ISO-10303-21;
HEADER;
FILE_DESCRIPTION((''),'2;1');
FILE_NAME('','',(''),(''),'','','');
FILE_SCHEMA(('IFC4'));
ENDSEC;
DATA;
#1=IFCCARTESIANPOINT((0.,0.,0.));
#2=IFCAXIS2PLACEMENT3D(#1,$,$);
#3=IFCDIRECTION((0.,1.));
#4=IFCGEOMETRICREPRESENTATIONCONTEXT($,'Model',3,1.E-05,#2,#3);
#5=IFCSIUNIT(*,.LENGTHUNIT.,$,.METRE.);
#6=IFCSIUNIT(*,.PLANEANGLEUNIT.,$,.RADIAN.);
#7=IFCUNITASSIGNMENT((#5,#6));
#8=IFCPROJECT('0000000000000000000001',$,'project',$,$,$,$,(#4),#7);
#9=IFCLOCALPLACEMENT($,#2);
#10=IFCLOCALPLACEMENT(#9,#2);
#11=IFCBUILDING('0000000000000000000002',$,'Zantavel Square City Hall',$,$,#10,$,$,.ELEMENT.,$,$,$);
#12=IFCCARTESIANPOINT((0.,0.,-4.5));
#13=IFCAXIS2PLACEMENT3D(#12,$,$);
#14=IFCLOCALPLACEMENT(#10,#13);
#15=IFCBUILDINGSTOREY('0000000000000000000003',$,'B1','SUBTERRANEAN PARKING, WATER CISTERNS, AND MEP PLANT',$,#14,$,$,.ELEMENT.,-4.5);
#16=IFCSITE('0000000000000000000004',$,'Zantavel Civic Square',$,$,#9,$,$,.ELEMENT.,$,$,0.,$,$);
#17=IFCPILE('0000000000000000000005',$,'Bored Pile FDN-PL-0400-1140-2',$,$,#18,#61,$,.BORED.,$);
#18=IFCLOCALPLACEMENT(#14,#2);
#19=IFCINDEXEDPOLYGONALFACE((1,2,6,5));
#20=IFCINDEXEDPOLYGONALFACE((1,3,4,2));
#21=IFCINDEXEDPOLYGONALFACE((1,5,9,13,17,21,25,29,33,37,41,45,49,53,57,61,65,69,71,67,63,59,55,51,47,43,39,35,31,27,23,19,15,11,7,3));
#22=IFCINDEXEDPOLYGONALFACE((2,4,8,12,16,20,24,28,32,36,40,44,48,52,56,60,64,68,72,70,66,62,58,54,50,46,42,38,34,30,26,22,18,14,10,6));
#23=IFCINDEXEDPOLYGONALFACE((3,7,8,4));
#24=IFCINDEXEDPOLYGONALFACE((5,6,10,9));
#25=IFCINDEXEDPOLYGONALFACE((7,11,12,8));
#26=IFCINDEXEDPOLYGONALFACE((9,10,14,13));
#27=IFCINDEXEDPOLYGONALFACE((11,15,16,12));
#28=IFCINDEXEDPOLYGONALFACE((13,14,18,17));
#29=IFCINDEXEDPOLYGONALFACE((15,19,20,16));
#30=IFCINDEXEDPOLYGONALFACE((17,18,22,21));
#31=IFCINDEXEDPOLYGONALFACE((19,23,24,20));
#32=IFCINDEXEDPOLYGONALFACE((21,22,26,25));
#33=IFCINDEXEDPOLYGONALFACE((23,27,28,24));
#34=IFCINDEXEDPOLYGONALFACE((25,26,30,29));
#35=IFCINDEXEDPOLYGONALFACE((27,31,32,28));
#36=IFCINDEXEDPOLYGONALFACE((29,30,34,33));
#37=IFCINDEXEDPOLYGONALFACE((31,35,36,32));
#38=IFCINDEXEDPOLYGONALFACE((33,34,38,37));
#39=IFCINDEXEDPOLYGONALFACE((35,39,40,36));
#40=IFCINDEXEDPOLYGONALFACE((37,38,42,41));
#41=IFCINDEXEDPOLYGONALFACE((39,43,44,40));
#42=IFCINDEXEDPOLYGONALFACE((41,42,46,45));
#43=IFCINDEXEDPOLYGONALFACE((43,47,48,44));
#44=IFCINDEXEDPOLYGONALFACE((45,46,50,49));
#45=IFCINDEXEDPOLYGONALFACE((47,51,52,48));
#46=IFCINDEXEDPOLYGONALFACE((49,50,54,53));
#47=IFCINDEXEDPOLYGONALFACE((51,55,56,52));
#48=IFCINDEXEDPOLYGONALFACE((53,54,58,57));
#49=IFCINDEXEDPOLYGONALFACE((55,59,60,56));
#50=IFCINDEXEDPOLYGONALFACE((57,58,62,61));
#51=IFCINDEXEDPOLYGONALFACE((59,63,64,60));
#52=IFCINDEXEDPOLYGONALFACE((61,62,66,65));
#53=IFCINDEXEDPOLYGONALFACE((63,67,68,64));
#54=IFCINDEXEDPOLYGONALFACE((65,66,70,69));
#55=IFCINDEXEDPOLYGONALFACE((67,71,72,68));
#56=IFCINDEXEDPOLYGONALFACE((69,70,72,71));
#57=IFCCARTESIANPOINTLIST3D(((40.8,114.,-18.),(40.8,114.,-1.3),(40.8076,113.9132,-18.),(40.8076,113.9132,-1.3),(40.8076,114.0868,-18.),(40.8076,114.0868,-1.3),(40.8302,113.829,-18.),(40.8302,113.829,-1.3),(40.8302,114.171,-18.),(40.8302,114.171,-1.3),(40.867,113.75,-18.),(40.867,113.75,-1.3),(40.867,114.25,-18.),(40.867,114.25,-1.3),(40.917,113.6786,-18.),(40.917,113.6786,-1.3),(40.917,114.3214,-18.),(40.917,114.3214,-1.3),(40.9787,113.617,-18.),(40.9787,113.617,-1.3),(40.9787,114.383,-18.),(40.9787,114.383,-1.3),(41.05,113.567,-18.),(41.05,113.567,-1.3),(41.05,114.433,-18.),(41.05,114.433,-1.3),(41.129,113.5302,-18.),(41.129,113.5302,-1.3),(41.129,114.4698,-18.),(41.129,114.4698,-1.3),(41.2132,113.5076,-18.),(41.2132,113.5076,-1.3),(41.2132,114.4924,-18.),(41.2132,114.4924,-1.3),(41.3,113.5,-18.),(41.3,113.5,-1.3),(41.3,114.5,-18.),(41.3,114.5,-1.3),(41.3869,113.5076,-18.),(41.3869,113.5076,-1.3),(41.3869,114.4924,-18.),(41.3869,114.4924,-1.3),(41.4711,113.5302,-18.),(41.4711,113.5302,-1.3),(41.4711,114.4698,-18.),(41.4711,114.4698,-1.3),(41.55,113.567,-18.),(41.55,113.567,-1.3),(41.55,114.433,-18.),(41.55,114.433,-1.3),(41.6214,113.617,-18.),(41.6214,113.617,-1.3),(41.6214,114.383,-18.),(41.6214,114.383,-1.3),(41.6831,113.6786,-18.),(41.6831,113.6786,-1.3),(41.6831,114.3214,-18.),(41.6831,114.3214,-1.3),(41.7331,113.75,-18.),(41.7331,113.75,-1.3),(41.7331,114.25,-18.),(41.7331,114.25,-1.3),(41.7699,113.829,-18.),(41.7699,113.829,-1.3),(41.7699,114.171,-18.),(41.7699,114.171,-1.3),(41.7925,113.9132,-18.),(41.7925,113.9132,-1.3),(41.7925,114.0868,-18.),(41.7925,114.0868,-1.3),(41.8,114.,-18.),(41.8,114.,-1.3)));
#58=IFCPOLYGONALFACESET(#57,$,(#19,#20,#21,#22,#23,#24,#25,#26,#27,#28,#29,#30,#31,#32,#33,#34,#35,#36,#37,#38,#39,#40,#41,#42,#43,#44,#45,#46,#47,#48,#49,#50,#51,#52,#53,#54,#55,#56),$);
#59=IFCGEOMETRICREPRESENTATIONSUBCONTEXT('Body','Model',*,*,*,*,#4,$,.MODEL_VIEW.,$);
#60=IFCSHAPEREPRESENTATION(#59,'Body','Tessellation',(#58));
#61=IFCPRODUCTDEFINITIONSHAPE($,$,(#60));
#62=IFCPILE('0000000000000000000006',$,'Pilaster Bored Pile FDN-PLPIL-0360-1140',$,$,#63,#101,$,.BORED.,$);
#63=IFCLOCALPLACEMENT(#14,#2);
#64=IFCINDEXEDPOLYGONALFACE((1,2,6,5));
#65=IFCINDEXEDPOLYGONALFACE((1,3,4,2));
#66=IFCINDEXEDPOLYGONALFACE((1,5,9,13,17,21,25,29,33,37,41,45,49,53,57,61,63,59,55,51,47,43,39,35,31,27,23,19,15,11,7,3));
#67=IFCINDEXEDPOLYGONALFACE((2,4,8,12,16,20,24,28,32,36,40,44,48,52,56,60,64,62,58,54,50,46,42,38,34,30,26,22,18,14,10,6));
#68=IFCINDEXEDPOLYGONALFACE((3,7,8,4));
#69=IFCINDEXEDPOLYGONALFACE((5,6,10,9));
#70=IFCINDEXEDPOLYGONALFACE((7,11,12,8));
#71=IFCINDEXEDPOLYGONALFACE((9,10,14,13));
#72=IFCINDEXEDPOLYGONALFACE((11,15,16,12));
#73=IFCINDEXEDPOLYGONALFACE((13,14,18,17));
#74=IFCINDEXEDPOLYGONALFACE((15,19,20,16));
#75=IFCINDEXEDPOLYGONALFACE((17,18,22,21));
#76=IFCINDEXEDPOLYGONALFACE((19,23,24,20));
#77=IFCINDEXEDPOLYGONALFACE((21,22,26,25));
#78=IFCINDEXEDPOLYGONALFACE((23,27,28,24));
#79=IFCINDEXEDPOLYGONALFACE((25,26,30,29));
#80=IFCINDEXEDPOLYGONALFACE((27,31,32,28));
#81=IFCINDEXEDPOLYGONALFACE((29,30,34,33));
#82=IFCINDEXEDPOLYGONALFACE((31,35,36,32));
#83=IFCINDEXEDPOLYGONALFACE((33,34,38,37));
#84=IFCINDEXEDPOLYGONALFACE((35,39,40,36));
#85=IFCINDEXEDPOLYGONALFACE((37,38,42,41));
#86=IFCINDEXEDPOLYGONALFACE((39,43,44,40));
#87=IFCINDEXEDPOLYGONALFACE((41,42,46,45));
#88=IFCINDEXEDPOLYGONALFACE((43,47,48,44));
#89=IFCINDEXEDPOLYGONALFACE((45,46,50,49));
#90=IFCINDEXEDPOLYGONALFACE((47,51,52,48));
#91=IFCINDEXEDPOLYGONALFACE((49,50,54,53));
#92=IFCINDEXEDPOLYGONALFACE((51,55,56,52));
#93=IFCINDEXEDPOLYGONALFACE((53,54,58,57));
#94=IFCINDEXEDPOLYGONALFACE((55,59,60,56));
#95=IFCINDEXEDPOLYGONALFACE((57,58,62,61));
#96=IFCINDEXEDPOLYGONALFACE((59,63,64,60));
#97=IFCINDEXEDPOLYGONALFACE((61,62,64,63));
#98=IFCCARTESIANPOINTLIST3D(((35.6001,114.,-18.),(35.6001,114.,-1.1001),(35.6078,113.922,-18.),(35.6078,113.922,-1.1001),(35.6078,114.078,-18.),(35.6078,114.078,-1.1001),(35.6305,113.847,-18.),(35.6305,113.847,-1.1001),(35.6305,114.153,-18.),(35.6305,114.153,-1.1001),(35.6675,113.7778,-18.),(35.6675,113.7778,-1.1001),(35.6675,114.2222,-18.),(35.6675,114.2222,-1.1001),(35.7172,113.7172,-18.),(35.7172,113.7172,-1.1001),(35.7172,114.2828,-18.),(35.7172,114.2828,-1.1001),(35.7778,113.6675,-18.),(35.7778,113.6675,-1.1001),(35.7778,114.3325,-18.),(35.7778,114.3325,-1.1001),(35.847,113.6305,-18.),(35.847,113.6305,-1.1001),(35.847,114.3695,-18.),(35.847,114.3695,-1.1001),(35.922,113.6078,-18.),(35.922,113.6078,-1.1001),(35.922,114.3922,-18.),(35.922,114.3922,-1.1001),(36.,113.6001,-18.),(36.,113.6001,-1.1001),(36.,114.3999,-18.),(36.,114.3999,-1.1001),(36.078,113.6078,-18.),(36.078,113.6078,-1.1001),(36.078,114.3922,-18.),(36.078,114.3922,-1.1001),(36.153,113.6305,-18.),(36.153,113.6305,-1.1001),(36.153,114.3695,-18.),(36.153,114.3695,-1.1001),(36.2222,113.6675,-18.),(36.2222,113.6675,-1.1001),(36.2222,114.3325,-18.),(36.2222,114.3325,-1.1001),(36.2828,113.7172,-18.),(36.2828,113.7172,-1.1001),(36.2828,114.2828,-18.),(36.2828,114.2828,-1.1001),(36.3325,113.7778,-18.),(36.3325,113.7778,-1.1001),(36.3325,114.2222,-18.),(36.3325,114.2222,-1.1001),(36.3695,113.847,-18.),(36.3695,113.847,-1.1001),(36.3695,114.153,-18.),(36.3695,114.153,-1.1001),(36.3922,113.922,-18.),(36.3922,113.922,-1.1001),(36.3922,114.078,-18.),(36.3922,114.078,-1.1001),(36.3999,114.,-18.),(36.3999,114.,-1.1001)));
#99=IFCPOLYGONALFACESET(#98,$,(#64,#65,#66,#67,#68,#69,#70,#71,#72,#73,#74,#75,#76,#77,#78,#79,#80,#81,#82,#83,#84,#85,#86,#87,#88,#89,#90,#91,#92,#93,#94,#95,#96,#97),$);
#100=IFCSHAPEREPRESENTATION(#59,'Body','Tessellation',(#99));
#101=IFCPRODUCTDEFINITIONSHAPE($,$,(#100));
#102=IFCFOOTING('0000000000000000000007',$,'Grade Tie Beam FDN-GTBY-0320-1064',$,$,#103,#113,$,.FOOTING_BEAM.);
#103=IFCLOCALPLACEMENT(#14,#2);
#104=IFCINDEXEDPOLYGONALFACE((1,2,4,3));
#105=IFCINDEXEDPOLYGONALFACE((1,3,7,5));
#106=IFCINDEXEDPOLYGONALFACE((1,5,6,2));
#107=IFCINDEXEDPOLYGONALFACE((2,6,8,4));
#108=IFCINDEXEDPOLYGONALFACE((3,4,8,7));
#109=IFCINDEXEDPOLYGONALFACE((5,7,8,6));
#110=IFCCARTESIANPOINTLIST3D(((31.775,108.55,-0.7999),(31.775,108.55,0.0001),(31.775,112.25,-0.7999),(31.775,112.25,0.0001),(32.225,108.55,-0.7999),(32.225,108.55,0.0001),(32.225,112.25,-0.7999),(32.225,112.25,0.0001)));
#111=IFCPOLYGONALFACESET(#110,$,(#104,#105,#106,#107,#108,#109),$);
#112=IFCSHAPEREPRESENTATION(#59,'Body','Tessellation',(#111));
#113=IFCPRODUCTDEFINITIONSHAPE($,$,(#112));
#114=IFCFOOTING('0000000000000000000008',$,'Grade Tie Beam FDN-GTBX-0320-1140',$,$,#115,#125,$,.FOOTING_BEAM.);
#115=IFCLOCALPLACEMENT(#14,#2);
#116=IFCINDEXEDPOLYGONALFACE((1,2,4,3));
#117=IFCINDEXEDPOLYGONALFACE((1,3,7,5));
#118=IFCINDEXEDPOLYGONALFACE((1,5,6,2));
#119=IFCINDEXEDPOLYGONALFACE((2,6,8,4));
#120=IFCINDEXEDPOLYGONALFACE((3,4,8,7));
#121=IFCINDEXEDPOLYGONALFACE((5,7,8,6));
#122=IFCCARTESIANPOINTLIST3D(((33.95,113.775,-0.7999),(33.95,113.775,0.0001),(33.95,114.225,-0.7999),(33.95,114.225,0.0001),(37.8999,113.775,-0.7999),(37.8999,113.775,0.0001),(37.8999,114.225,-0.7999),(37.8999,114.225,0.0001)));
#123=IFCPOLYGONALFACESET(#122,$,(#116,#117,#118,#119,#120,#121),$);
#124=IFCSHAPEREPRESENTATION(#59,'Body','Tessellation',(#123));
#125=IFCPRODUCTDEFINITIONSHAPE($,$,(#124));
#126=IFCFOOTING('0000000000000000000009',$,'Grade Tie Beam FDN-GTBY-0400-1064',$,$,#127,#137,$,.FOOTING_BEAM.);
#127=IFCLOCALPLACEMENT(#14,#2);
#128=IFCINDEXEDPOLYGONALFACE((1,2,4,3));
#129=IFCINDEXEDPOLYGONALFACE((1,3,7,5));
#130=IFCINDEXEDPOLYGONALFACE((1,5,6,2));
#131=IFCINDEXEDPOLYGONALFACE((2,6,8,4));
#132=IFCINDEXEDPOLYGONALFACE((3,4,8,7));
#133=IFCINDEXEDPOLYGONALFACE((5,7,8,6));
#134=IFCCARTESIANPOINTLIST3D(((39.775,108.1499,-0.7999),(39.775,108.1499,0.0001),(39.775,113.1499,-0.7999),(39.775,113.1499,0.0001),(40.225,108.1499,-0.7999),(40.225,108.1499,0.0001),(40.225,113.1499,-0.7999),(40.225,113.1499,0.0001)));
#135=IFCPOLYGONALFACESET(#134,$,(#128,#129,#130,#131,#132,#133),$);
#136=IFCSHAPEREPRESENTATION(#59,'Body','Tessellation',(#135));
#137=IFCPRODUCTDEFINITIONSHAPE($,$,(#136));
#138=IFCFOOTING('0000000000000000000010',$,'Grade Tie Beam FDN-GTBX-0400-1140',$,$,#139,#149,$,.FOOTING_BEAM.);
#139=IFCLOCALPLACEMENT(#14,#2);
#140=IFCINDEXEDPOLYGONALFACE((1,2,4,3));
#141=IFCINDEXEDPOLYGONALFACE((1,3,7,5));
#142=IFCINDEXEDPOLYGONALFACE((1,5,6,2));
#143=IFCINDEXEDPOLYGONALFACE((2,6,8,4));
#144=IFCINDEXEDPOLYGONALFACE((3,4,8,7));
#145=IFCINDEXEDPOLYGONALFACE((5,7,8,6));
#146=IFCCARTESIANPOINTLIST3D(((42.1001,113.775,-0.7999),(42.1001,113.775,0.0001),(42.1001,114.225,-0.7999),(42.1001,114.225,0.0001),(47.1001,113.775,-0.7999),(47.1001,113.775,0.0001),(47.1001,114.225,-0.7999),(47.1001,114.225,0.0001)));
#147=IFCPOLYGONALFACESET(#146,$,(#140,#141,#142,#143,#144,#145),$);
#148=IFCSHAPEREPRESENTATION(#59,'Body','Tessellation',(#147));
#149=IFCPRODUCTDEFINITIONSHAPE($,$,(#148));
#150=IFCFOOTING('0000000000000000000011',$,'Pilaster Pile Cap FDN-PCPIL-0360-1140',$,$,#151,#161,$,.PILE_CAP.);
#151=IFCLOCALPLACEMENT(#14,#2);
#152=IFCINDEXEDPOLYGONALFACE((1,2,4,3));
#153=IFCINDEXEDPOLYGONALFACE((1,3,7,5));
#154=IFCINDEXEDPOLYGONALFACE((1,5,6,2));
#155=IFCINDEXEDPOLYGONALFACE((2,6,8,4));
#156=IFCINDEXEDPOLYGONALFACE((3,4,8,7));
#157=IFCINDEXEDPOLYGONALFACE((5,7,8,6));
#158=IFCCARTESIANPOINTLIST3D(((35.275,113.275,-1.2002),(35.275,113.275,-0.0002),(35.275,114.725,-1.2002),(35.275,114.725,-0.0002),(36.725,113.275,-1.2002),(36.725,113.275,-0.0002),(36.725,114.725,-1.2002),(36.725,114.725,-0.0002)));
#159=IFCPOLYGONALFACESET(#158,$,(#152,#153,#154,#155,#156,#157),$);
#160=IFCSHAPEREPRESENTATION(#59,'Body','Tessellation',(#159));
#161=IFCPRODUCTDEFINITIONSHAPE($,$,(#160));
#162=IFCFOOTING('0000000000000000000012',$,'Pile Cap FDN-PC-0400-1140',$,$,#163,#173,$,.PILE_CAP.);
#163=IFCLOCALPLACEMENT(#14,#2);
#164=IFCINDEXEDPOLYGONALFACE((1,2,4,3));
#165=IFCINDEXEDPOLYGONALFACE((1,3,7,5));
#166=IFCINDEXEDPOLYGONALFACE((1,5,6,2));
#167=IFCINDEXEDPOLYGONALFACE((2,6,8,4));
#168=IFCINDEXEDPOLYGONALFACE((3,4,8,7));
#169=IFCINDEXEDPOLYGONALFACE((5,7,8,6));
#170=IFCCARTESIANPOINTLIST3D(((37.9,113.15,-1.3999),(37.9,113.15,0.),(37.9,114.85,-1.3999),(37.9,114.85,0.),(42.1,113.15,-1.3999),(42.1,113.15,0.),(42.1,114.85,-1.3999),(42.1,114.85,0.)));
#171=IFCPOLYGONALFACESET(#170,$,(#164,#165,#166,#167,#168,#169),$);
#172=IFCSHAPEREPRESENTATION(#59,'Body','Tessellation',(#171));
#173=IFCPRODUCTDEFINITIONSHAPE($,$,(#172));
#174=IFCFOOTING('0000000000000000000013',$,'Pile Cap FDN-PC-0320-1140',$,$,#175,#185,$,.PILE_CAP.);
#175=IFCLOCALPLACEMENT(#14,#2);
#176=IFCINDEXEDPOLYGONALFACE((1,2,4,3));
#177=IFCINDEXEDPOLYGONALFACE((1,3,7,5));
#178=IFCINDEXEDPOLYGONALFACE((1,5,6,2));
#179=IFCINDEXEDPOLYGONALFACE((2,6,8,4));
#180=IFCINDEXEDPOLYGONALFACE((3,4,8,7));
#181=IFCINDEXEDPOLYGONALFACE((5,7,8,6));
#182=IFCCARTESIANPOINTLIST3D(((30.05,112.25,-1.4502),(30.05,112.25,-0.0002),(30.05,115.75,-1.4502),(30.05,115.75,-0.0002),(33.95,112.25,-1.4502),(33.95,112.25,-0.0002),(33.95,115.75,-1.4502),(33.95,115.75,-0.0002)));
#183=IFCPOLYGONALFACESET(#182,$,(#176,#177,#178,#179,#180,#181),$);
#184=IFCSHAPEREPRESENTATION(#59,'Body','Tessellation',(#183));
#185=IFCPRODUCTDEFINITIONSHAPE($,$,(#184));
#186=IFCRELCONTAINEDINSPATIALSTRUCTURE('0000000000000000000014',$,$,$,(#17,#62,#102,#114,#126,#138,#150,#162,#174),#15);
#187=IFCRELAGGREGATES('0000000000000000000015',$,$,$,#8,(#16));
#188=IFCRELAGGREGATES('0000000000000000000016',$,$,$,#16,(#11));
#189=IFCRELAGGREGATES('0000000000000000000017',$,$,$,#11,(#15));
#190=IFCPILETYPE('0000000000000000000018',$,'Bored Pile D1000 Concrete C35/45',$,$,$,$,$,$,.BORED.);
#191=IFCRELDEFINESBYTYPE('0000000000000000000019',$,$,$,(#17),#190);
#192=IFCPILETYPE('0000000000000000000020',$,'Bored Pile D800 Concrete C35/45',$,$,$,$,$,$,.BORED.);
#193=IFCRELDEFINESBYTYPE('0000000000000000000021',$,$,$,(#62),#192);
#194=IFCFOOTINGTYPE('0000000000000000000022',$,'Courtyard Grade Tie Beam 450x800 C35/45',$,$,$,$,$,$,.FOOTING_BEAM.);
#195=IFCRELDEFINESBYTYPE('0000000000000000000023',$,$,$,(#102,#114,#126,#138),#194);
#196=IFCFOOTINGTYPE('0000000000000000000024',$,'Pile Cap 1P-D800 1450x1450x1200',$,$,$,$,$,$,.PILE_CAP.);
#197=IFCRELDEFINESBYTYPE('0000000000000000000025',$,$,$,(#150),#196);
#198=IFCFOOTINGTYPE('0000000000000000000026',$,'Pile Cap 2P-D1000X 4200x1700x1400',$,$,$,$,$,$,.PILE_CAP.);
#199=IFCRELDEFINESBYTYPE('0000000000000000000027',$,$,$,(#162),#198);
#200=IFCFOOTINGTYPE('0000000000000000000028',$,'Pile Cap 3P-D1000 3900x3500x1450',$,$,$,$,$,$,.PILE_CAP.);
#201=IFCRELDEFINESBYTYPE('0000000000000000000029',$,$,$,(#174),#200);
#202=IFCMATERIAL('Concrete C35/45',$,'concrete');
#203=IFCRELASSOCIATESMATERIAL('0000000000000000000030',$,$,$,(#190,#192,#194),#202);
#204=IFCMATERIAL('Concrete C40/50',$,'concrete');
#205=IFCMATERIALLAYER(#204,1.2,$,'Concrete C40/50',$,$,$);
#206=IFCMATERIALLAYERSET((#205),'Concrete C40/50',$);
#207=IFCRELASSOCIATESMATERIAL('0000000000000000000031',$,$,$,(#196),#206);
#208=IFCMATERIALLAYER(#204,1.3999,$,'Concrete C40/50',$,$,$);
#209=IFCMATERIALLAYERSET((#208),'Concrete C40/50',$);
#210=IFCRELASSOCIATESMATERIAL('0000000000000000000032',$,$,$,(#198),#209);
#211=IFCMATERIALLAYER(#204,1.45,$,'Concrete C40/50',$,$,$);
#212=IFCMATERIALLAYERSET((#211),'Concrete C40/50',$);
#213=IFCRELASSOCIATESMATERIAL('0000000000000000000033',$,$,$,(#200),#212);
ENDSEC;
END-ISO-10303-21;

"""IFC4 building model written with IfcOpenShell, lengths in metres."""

from ifc_helpers import new_model, si_unit, direction, frame, origin, origin_2d, place, context, subcontext, project, spatial, rectangle, circle, extrude, material, layer, layer_set, material_profile, profile_set, type_object, element, save


model = new_model("IFC4")

# Units and contexts
model_context = context("Model", 3, precision=1e-05, world=origin(), true_north=direction((0.0, 1.0)))
body_context = subcontext(model_context, "Body", "Model", "MODEL_VIEW")
ifc_project = project(units=[si_unit("LENGTHUNIT", "METRE"), si_unit("PLANEANGLEUNIT", "RADIAN")], contexts=[model_context])

# Site, building, storey
site_placement = place(None, origin())
site = spatial("IfcSite", under=ifc_project, at=site_placement, Name="Zantavel Civic Square", CompositionType="ELEMENT", RefElevation=0.0)
building_placement = place(site_placement, origin())
building = spatial("IfcBuilding", under=site, at=building_placement, Name="Zantavel Square City Hall", CompositionType="ELEMENT")
storey_placement = place(building_placement, frame((0.0, 0.0, -4.5)))
storey = spatial("IfcBuildingStorey", under=building, at=storey_placement, Name="B1", Description="SUBTERRANEAN PARKING, WATER CISTERNS, AND MEP PLANT", CompositionType="ELEMENT", Elevation=-4.5)

# Piles
ifc_material_1 = material(Name="Concrete C35/45", Category="concrete")
ifc_material_profile_1 = material_profile(ifc_material_1, circle(Radius=0.5, at=origin_2d()), Name="PILE D1000")
ifc_profile_set_1 = profile_set([ifc_material_profile_1], Name="Concrete C35/45")
pile_type_1 = type_object("IfcPileType", Name="Bored Pile D1000 Concrete C35/45", PredefinedType="BORED", material=ifc_profile_set_1)
for number, where, z_axis, x_axis, name in (
    (1, (41.3, 114.0, -1.3), (0.0, 0.0, -1.0), (1.0, 0.0, 0.0), "Bored Pile FDN-PL-0400-1140-2"),
):
    element("IfcPile", number, at=place(storey_placement, frame(where, z_axis=z_axis, x_axis=x_axis)), inside=storey, type_object=pile_type_1, Name=name, PredefinedType="BORED", context=body_context, shape_type="SweptSolid", body=[
        extrude(circle(Radius=0.5, at=origin_2d()), origin(), (0.0, 0.0, 1.0), 16.7),
    ])
ifc_material_profile_2 = material_profile(ifc_material_1, circle(Radius=0.3999, at=origin_2d()), Name="PILE D800")
ifc_profile_set_2 = profile_set([ifc_material_profile_2], Name="Concrete C35/45")
pile_type_2 = type_object("IfcPileType", Name="Bored Pile D800 Concrete C35/45", PredefinedType="BORED", material=ifc_profile_set_2)
pile_placement = place(storey_placement, frame((36.0, 114.0, -1.1001), z_axis=(0.0, 0.0, -1.0), x_axis=(1.0, 0.0, 0.0)))
element("IfcPile", 2, at=pile_placement, inside=storey, type_object=pile_type_2, Name="Pilaster Bored Pile FDN-PLPIL-0360-1140", PredefinedType="BORED", context=body_context, shape_type="SweptSolid", body=[
    extrude(circle(Radius=0.3999, at=origin_2d()), origin(), (0.0, 0.0, 1.0), 16.8999),
])

# Footings
ifc_material_profile_3 = material_profile(ifc_material_1, rectangle(XDim=0.45, YDim=0.8, at=origin_2d()), Name="RC 450x800")
ifc_profile_set_3 = profile_set([ifc_material_profile_3], Name="Concrete C35/45")
footing_type_1 = type_object("IfcFootingType", Name="Courtyard Grade Tie Beam 450x800 C35/45", PredefinedType="FOOTING_BEAM", material=ifc_profile_set_3)
footing_1_placement = place(storey_placement, frame((32.0, 108.55, -0.3999), z_axis=(0.0, 1.0, 0.0), x_axis=(-1.0, 0.0, 0.0)))
element("IfcFooting", 3, at=footing_1_placement, inside=storey, type_object=footing_type_1, Name="Grade Tie Beam FDN-GTBY-0320-1064", PredefinedType="FOOTING_BEAM", context=body_context, shape_type="SweptSolid", body=[
    extrude(rectangle(XDim=0.45, YDim=0.8, at=origin_2d()), origin(), (0.0, 0.0, 1.0), 3.7),
])
footing_2_placement = place(storey_placement, frame((33.95, 114.0, -0.3999), z_axis=(1.0, 0.0, 0.0), x_axis=(0.0, 1.0, 0.0)))
element("IfcFooting", 4, at=footing_2_placement, inside=storey, type_object=footing_type_1, Name="Grade Tie Beam FDN-GTBX-0320-1140", PredefinedType="FOOTING_BEAM", context=body_context, shape_type="SweptSolid", body=[
    extrude(rectangle(XDim=0.45, YDim=0.8, at=origin_2d()), origin(), (0.0, 0.0, 1.0), 3.95),
])
for number, where, z_axis, x_axis, name in (
    (5, (40.0, 108.1499, -0.3999), (0.0, 1.0, 0.0), (-1.0, 0.0, 0.0), "Grade Tie Beam FDN-GTBY-0400-1064"),
    (6, (42.1001, 114.0, -0.3999), (1.0, 0.0, 0.0), (0.0, 1.0, 0.0), "Grade Tie Beam FDN-GTBX-0400-1140"),
):
    element("IfcFooting", number, at=place(storey_placement, frame(where, z_axis=z_axis, x_axis=x_axis)), inside=storey, type_object=footing_type_1, Name=name, PredefinedType="FOOTING_BEAM", context=body_context, shape_type="SweptSolid", body=[
        extrude(rectangle(XDim=0.45, YDim=0.8, at=origin_2d()), origin(), (0.0, 0.0, 1.0), 5.0),
    ])
ifc_material_2 = material(Name="Concrete C40/50", Category="concrete")
ifc_layer_1 = layer(ifc_material_2, 1.2, Name="Concrete C40/50")
ifc_layer_set_1 = layer_set([ifc_layer_1], Name="Concrete C40/50")
footing_type_2 = type_object("IfcFootingType", Name="Pile Cap 1P-D800 1450x1450x1200", PredefinedType="PILE_CAP", material=ifc_layer_set_1)
footing_3_placement = place(storey_placement, frame((36.0, 114.0, -1.2002), z_axis=(0.0, 0.0, 1.0), x_axis=(1.0, 0.0, 0.0)))
element("IfcFooting", 7, at=footing_3_placement, inside=storey, type_object=footing_type_2, Name="Pilaster Pile Cap FDN-PCPIL-0360-1140", PredefinedType="PILE_CAP", context=body_context, shape_type="SweptSolid", body=[
    extrude(rectangle(XDim=1.45, YDim=1.45, at=origin_2d()), origin(), (0.0, 0.0, 1.0), 1.2),
])
ifc_layer_2 = layer(ifc_material_2, 1.3999, Name="Concrete C40/50")
ifc_layer_set_2 = layer_set([ifc_layer_2], Name="Concrete C40/50")
footing_type_3 = type_object("IfcFootingType", Name="Pile Cap 2P-D1000X 4200x1700x1400", PredefinedType="PILE_CAP", material=ifc_layer_set_2)
footing_4_placement = place(storey_placement, frame((40.0, 114.0, -1.3999), z_axis=(0.0, 0.0, 1.0), x_axis=(1.0, 0.0, 0.0)))
element("IfcFooting", 8, at=footing_4_placement, inside=storey, type_object=footing_type_3, Name="Pile Cap FDN-PC-0400-1140", PredefinedType="PILE_CAP", context=body_context, shape_type="SweptSolid", body=[
    extrude(rectangle(XDim=4.2, YDim=1.7, at=origin_2d()), origin(), (0.0, 0.0, 1.0), 1.3999),
])
ifc_layer_3 = layer(ifc_material_2, 1.45, Name="Concrete C40/50")
ifc_layer_set_3 = layer_set([ifc_layer_3], Name="Concrete C40/50")
footing_type_4 = type_object("IfcFootingType", Name="Pile Cap 3P-D1000 3900x3500x1450", PredefinedType="PILE_CAP", material=ifc_layer_set_3)
footing_5_placement = place(storey_placement, frame((32.0, 114.0, -1.4502), z_axis=(0.0, 0.0, 1.0), x_axis=(1.0, 0.0, 0.0)))
element("IfcFooting", 9, at=footing_5_placement, inside=storey, type_object=footing_type_4, Name="Pile Cap FDN-PC-0320-1140", PredefinedType="PILE_CAP", context=body_context, shape_type="SweptSolid", body=[
    extrude(rectangle(XDim=3.8999, YDim=3.5, at=origin_2d()), origin(), (0.0, 0.0, 1.0), 1.45),
])

save(model, "model.ifc")
